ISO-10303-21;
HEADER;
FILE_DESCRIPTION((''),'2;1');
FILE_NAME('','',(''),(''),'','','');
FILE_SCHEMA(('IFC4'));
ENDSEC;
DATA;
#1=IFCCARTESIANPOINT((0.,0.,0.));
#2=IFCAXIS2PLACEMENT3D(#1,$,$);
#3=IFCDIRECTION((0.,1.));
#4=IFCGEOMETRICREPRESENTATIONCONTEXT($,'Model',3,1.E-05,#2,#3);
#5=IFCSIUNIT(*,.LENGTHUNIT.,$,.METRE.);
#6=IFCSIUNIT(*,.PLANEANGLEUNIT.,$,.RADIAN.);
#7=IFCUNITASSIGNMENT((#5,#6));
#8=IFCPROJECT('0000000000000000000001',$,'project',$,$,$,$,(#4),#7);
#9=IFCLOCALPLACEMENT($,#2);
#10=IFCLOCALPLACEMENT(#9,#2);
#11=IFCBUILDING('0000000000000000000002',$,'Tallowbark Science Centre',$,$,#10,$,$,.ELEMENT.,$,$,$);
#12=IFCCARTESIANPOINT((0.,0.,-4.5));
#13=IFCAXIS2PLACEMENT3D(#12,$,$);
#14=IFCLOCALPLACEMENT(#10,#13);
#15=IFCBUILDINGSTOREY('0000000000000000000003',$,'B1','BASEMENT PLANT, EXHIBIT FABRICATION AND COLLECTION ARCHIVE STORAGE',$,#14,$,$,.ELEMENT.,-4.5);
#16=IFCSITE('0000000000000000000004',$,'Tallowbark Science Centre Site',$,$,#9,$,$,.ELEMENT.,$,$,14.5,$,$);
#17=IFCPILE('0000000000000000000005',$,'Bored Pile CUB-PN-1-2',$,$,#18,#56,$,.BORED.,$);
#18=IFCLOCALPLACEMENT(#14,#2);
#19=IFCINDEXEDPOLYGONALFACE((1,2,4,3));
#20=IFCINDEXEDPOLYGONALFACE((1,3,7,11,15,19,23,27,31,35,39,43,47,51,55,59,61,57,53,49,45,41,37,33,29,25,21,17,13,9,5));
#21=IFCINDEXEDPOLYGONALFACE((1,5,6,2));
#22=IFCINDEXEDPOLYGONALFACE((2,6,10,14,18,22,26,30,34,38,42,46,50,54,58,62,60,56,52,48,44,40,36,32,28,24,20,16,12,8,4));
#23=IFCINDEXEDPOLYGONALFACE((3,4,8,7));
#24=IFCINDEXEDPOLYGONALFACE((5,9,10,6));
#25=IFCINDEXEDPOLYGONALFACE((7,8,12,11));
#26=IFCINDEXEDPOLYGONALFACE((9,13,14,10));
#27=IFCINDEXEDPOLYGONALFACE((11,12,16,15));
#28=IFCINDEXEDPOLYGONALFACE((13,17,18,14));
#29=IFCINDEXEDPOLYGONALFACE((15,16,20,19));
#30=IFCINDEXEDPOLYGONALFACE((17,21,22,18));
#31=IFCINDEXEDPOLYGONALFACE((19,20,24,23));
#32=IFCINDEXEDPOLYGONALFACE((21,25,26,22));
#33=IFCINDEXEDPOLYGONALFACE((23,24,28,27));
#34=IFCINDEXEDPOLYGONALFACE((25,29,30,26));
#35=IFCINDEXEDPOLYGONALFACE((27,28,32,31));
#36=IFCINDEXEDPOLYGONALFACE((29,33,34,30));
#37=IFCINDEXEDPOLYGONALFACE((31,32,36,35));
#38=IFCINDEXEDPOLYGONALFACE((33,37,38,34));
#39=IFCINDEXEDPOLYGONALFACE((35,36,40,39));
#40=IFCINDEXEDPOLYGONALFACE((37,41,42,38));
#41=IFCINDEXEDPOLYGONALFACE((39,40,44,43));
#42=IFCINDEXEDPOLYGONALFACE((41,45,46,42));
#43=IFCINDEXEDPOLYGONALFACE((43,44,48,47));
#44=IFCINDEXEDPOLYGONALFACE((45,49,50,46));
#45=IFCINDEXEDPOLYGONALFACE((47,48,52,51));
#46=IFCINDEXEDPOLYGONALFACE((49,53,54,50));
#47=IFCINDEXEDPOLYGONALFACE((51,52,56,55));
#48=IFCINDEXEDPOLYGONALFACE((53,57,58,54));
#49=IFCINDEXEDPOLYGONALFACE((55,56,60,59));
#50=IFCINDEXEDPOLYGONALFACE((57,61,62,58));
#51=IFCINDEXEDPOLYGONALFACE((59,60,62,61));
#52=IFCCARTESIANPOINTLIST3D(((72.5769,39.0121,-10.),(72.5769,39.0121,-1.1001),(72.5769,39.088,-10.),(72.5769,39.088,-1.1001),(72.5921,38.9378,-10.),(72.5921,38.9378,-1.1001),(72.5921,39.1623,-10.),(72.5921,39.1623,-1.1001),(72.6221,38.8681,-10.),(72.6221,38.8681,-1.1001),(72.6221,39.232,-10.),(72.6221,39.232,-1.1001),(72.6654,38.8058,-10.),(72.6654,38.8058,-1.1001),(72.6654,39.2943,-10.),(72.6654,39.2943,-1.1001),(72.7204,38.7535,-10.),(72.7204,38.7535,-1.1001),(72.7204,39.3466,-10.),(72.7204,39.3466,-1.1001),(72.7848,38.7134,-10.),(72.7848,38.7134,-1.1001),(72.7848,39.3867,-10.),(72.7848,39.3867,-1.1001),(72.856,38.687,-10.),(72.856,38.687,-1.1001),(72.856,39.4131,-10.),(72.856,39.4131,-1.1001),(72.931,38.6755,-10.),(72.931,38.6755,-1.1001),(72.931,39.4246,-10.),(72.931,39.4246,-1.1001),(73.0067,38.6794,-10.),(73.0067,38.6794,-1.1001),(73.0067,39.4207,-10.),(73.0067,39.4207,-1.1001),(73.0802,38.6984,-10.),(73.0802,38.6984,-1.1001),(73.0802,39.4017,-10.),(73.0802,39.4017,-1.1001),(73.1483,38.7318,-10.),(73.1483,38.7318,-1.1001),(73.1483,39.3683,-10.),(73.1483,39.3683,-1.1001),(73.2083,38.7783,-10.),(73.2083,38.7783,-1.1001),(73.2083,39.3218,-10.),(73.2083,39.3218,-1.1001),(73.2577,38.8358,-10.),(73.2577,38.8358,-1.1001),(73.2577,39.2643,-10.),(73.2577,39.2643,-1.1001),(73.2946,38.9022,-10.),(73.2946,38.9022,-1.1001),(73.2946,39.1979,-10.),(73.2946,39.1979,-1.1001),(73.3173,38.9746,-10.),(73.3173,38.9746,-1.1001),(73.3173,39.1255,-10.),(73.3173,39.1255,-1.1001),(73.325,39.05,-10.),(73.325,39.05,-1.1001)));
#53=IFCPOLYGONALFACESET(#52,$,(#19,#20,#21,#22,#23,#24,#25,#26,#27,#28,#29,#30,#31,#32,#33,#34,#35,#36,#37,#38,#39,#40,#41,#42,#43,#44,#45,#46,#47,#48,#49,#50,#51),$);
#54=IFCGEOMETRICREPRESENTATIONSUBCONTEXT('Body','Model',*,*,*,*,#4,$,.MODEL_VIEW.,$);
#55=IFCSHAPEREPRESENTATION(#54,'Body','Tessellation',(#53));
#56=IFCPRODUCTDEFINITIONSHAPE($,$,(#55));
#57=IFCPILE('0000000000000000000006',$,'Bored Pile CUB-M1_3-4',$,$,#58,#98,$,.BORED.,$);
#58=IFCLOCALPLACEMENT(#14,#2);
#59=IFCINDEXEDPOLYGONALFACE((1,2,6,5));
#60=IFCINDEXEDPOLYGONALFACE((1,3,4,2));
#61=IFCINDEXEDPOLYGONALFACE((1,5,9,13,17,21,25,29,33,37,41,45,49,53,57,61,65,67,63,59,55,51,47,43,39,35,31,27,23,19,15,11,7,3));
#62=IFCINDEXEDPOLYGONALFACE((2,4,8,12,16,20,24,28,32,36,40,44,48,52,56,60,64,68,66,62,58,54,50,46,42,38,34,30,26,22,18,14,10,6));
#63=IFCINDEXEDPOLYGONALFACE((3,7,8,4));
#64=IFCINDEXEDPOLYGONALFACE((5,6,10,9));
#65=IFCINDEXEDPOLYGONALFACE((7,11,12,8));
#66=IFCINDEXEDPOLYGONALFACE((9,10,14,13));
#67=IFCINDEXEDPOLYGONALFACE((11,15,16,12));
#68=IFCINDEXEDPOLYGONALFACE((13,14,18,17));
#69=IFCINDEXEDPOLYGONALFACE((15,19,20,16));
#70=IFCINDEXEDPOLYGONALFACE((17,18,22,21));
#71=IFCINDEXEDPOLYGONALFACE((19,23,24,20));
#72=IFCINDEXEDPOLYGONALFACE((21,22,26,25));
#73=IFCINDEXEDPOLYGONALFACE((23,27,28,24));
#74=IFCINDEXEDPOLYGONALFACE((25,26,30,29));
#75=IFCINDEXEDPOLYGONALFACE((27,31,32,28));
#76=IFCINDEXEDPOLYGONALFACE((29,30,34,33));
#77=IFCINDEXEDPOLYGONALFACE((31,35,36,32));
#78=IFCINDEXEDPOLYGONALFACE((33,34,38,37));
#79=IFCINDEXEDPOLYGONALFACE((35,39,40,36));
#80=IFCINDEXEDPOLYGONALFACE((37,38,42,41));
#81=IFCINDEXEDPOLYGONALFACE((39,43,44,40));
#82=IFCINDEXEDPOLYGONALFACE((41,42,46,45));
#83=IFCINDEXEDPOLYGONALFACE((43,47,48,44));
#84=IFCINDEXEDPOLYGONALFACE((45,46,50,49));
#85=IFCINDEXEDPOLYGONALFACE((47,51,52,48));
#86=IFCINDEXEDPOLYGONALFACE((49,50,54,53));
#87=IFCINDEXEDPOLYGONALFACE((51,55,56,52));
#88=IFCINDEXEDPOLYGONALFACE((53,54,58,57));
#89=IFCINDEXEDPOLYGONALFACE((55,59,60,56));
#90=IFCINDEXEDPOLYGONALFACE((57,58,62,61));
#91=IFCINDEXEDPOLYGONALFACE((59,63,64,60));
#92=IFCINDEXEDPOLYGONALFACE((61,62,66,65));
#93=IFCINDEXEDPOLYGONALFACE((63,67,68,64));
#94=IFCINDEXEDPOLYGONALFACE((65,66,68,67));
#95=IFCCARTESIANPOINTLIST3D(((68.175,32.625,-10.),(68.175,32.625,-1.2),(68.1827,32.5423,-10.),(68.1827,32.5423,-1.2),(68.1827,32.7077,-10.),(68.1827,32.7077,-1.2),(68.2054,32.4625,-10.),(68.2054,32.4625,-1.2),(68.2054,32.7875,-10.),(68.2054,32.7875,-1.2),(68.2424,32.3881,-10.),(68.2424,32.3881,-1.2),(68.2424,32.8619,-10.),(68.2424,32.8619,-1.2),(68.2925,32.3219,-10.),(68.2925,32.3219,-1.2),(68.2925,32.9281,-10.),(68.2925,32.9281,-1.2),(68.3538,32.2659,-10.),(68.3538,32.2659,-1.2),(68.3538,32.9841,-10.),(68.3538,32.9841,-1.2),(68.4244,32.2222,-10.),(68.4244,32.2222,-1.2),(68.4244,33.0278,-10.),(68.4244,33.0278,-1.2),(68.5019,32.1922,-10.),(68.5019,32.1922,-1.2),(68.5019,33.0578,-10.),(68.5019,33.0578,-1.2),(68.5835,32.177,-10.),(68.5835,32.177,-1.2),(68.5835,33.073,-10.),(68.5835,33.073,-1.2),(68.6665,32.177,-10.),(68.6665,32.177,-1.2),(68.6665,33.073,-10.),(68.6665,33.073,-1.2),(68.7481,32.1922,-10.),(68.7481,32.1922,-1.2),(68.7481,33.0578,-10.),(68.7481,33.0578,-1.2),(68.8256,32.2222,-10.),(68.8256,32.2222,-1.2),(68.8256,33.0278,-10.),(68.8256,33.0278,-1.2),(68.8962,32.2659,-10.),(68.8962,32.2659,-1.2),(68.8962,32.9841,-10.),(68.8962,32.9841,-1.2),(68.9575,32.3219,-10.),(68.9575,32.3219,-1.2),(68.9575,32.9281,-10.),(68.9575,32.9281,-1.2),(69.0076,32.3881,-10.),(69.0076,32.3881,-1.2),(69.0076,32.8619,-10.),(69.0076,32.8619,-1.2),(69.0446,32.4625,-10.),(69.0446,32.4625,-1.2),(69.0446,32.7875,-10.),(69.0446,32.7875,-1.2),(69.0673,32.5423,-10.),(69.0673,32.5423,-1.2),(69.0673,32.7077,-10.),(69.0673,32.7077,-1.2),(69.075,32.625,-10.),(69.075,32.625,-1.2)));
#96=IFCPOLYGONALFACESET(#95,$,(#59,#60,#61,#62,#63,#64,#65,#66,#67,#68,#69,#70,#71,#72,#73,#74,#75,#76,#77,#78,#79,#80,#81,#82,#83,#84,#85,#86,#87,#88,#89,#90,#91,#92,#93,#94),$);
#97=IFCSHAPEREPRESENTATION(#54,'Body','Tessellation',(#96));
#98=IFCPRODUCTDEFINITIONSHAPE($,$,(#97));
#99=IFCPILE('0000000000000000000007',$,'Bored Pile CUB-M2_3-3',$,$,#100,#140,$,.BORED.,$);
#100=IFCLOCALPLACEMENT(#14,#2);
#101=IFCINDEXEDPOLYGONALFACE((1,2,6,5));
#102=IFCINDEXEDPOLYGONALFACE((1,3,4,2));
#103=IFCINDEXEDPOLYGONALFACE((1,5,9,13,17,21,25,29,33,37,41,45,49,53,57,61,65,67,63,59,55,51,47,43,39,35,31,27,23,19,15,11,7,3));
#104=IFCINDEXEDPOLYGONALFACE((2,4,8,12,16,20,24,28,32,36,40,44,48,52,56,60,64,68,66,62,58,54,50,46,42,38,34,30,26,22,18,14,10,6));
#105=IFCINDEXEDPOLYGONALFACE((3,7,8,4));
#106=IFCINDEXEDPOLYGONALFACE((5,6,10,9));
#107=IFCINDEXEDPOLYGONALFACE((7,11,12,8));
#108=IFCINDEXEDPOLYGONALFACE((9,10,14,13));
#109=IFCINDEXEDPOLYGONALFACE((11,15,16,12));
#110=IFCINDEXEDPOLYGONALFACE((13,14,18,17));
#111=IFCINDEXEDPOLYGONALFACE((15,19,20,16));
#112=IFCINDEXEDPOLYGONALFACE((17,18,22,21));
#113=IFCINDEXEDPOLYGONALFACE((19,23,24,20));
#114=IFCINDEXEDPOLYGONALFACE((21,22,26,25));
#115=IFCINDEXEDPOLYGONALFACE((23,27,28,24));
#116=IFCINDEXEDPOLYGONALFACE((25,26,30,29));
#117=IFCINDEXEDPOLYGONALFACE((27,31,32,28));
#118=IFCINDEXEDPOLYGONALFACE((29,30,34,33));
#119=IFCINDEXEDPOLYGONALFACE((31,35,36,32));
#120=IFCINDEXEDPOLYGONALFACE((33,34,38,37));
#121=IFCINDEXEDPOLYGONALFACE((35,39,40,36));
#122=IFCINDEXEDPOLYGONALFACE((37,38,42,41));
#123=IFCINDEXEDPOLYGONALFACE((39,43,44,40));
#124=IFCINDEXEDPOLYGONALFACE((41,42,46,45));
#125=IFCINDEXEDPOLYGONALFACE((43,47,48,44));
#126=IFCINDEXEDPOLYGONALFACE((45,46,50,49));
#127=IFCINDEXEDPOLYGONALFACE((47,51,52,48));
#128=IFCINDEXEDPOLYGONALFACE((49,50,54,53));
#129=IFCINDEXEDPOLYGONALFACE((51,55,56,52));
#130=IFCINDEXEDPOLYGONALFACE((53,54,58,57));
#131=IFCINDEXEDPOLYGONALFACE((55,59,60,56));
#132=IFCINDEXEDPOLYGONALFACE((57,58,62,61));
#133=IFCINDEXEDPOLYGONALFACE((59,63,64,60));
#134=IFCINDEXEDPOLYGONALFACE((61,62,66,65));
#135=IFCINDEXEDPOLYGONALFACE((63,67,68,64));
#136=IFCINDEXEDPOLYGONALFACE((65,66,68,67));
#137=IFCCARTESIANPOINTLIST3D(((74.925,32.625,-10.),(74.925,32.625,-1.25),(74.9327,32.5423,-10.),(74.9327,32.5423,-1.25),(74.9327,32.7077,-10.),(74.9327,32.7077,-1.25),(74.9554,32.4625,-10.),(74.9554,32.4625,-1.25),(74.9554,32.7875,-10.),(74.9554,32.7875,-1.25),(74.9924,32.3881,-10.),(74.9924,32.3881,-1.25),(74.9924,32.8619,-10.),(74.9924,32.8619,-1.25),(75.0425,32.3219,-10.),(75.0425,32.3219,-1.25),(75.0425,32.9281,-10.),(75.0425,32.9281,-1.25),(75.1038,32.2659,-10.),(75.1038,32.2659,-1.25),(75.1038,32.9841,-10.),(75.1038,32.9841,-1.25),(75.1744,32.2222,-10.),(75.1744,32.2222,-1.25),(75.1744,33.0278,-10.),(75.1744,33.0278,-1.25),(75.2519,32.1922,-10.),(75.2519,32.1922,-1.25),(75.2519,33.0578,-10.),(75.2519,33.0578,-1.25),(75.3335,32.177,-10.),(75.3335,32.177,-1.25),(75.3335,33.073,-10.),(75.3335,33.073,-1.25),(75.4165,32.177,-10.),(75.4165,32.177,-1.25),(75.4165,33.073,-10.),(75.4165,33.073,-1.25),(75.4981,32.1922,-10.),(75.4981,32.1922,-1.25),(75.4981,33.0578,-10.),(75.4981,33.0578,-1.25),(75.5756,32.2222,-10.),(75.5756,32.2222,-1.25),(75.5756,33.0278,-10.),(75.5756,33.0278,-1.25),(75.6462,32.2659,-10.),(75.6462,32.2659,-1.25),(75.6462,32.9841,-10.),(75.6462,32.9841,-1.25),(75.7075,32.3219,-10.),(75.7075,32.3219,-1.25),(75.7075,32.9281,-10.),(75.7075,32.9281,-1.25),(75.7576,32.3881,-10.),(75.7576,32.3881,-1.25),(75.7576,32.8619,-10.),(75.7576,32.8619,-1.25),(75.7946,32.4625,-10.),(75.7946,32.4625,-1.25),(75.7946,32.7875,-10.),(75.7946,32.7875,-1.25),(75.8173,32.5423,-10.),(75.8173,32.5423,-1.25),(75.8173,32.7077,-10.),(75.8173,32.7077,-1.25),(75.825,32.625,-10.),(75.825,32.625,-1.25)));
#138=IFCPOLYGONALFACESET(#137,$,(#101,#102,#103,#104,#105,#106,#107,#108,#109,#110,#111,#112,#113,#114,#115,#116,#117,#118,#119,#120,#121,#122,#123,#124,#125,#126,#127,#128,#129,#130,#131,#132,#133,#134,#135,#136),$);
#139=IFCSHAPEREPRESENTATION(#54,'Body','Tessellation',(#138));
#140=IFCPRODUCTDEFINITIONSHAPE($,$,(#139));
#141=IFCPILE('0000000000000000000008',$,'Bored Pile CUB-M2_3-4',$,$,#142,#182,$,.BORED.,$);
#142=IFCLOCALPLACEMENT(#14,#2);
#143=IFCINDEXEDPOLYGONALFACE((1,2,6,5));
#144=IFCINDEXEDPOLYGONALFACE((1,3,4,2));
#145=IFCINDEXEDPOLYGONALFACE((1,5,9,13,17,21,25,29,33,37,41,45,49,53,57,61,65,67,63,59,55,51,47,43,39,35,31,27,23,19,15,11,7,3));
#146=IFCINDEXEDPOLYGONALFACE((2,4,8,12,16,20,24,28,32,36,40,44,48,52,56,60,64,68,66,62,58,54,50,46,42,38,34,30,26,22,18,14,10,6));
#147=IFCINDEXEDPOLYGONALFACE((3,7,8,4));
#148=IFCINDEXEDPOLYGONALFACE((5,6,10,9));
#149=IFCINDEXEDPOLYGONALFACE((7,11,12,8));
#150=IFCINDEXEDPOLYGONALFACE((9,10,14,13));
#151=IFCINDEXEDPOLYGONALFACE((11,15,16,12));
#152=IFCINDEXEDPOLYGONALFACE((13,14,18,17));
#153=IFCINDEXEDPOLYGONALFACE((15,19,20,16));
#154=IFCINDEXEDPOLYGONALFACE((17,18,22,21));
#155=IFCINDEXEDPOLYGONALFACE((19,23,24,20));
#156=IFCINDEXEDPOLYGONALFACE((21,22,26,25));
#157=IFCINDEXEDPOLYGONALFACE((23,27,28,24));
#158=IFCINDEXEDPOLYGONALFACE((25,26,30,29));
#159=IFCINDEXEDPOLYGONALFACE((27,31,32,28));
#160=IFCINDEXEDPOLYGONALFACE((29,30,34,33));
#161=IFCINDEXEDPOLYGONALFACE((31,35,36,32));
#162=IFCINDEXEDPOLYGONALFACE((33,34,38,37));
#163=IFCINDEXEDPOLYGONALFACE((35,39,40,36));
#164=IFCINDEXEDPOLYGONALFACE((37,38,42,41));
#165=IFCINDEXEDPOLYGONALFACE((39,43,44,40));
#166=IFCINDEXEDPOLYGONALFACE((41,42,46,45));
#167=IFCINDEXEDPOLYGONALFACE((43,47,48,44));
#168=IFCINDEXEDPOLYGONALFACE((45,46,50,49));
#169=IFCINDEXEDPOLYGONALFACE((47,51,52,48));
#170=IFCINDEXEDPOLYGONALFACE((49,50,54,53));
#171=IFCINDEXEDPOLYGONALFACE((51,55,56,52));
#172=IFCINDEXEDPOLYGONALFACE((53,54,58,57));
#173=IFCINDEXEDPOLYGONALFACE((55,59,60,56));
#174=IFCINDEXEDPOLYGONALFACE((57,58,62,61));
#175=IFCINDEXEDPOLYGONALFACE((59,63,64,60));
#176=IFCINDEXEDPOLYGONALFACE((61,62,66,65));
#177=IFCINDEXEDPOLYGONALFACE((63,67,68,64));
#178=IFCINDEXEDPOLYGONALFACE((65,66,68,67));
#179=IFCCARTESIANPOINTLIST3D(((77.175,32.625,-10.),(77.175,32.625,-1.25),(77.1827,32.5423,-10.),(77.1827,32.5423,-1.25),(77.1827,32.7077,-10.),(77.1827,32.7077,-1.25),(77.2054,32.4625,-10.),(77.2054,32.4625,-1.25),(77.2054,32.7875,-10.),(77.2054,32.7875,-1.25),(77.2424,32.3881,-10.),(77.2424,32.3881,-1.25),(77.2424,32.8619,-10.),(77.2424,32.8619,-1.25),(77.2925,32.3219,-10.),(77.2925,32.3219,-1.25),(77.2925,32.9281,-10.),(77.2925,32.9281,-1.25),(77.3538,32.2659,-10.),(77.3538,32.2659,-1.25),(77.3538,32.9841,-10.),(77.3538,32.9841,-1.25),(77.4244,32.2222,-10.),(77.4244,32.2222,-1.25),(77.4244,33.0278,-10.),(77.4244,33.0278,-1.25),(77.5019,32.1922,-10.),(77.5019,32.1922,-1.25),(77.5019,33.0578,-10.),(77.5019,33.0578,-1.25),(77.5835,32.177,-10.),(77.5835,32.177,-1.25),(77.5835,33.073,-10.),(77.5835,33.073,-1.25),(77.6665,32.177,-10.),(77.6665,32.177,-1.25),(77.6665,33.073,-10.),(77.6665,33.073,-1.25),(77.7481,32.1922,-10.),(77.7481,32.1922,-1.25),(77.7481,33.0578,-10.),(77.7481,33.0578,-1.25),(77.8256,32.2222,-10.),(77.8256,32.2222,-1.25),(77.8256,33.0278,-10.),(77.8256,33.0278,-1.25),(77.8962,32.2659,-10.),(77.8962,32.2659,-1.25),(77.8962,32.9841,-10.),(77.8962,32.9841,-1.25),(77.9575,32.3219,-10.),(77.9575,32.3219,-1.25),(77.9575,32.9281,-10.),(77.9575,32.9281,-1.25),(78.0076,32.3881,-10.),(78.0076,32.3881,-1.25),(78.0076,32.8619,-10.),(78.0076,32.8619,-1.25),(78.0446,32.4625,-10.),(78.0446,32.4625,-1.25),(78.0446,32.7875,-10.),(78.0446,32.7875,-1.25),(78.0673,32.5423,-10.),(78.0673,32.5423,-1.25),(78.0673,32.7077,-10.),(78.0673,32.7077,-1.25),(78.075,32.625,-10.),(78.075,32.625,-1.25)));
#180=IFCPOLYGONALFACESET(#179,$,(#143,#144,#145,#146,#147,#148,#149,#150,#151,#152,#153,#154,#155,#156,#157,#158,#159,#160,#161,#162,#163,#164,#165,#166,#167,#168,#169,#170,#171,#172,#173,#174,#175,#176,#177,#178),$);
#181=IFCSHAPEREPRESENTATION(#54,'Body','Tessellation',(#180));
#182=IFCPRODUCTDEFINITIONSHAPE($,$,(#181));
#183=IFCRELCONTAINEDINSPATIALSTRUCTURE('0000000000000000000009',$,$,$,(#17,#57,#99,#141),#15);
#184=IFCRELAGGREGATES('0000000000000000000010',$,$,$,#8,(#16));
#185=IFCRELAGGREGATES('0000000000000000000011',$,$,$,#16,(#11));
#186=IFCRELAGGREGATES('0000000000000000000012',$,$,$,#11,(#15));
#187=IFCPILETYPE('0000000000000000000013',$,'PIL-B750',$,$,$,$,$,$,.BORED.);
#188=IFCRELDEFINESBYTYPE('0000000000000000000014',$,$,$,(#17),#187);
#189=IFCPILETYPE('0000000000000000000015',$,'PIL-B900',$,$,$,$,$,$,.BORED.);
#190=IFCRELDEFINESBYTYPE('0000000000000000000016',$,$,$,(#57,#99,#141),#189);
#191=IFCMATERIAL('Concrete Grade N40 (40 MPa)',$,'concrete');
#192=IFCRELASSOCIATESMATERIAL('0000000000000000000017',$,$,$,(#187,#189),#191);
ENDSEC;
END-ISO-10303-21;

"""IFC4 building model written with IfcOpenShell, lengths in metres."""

from ifc_helpers import new_model, si_unit, direction, frame, origin, origin_2d, place, context, subcontext, project, spatial, circle, extrude, material, material_profile, profile_set, type_object, element, save


model = new_model("IFC4")

# Units and contexts
model_context = context("Model", 3, precision=1e-05, world=origin(), true_north=direction((0.0, 1.0)))
body_context = subcontext(model_context, "Body", "Model", "MODEL_VIEW")
ifc_project = project(units=[si_unit("LENGTHUNIT", "METRE"), si_unit("PLANEANGLEUNIT", "RADIAN")], contexts=[model_context])

# Site, building, storey
site_placement = place(None, origin())
site = spatial("IfcSite", under=ifc_project, at=site_placement, Name="Tallowbark Science Centre Site", CompositionType="ELEMENT", RefElevation=14.5)
building_placement = place(site_placement, origin())
building = spatial("IfcBuilding", under=site, at=building_placement, Name="Tallowbark Science Centre", CompositionType="ELEMENT")
storey_placement = place(building_placement, frame((0.0, 0.0, -4.5)))
storey = spatial("IfcBuildingStorey", under=building, at=storey_placement, Name="B1", Description="BASEMENT PLANT, EXHIBIT FABRICATION AND COLLECTION ARCHIVE STORAGE", CompositionType="ELEMENT", Elevation=-4.5)

# Shared definitions
ifc_material_1 = material(Name="Concrete Grade N40 (40 MPa)", Category="concrete")

# Piles
ifc_material_profile_1 = material_profile(ifc_material_1, circle(Radius=0.375, at=origin_2d()), Name="PILE750")
ifc_profile_set_1 = profile_set([ifc_material_profile_1], Name="Concrete Grade N40 (40 MPa)")
pile_type_1 = type_object("IfcPileType", Name="PIL-B750", PredefinedType="BORED", material=ifc_profile_set_1)
for number, where, z_axis, x_axis, name in (
    (1, (72.95, 39.05, -1.1001), (0.0, 0.0, -1.0), (1.0, 0.0, 0.0), "Bored Pile CUB-PN-1-2"),
):
    element("IfcPile", number, at=place(storey_placement, frame(where, z_axis=z_axis, x_axis=x_axis)), inside=storey, type_object=pile_type_1, Name=name, PredefinedType="BORED", context=body_context, shape_type="SweptSolid", body=[
        extrude(circle(Radius=0.375, at=origin_2d()), origin(), (0.0, 0.0, 1.0), 8.8999),
    ])
ifc_material_profile_2 = material_profile(ifc_material_1, circle(Radius=0.45, at=origin_2d()), Name="PILE900")
ifc_profile_set_2 = profile_set([ifc_material_profile_2], Name="Concrete Grade N40 (40 MPa)")
pile_type_2 = type_object("IfcPileType", Name="PIL-B900", PredefinedType="BORED", material=ifc_profile_set_2)
pile_placement = place(storey_placement, frame((68.625, 32.625, -1.2), z_axis=(0.0, 0.0, -1.0), x_axis=(1.0, 0.0, 0.0)))
element("IfcPile", 2, at=pile_placement, inside=storey, type_object=pile_type_2, Name="Bored Pile CUB-M1_3-4", PredefinedType="BORED", context=body_context, shape_type="SweptSolid", body=[
    extrude(circle(Radius=0.45, at=origin_2d()), origin(), (0.0, 0.0, 1.0), 8.8),
])
for number, where, z_axis, x_axis, name in (
    (3, (75.375, 32.625, -1.25), (0.0, 0.0, -1.0), (1.0, 0.0, 0.0), "Bored Pile CUB-M2_3-3"),
    (4, (77.625, 32.625, -1.25), (0.0, 0.0, -1.0), (1.0, 0.0, 0.0), "Bored Pile CUB-M2_3-4"),
):
    element("IfcPile", number, at=place(storey_placement, frame(where, z_axis=z_axis, x_axis=x_axis)), inside=storey, type_object=pile_type_2, Name=name, PredefinedType="BORED", context=body_context, shape_type="SweptSolid", body=[
        extrude(circle(Radius=0.45, at=origin_2d()), origin(), (0.0, 0.0, 1.0), 8.75),
    ])

save(model, "model.ifc")
